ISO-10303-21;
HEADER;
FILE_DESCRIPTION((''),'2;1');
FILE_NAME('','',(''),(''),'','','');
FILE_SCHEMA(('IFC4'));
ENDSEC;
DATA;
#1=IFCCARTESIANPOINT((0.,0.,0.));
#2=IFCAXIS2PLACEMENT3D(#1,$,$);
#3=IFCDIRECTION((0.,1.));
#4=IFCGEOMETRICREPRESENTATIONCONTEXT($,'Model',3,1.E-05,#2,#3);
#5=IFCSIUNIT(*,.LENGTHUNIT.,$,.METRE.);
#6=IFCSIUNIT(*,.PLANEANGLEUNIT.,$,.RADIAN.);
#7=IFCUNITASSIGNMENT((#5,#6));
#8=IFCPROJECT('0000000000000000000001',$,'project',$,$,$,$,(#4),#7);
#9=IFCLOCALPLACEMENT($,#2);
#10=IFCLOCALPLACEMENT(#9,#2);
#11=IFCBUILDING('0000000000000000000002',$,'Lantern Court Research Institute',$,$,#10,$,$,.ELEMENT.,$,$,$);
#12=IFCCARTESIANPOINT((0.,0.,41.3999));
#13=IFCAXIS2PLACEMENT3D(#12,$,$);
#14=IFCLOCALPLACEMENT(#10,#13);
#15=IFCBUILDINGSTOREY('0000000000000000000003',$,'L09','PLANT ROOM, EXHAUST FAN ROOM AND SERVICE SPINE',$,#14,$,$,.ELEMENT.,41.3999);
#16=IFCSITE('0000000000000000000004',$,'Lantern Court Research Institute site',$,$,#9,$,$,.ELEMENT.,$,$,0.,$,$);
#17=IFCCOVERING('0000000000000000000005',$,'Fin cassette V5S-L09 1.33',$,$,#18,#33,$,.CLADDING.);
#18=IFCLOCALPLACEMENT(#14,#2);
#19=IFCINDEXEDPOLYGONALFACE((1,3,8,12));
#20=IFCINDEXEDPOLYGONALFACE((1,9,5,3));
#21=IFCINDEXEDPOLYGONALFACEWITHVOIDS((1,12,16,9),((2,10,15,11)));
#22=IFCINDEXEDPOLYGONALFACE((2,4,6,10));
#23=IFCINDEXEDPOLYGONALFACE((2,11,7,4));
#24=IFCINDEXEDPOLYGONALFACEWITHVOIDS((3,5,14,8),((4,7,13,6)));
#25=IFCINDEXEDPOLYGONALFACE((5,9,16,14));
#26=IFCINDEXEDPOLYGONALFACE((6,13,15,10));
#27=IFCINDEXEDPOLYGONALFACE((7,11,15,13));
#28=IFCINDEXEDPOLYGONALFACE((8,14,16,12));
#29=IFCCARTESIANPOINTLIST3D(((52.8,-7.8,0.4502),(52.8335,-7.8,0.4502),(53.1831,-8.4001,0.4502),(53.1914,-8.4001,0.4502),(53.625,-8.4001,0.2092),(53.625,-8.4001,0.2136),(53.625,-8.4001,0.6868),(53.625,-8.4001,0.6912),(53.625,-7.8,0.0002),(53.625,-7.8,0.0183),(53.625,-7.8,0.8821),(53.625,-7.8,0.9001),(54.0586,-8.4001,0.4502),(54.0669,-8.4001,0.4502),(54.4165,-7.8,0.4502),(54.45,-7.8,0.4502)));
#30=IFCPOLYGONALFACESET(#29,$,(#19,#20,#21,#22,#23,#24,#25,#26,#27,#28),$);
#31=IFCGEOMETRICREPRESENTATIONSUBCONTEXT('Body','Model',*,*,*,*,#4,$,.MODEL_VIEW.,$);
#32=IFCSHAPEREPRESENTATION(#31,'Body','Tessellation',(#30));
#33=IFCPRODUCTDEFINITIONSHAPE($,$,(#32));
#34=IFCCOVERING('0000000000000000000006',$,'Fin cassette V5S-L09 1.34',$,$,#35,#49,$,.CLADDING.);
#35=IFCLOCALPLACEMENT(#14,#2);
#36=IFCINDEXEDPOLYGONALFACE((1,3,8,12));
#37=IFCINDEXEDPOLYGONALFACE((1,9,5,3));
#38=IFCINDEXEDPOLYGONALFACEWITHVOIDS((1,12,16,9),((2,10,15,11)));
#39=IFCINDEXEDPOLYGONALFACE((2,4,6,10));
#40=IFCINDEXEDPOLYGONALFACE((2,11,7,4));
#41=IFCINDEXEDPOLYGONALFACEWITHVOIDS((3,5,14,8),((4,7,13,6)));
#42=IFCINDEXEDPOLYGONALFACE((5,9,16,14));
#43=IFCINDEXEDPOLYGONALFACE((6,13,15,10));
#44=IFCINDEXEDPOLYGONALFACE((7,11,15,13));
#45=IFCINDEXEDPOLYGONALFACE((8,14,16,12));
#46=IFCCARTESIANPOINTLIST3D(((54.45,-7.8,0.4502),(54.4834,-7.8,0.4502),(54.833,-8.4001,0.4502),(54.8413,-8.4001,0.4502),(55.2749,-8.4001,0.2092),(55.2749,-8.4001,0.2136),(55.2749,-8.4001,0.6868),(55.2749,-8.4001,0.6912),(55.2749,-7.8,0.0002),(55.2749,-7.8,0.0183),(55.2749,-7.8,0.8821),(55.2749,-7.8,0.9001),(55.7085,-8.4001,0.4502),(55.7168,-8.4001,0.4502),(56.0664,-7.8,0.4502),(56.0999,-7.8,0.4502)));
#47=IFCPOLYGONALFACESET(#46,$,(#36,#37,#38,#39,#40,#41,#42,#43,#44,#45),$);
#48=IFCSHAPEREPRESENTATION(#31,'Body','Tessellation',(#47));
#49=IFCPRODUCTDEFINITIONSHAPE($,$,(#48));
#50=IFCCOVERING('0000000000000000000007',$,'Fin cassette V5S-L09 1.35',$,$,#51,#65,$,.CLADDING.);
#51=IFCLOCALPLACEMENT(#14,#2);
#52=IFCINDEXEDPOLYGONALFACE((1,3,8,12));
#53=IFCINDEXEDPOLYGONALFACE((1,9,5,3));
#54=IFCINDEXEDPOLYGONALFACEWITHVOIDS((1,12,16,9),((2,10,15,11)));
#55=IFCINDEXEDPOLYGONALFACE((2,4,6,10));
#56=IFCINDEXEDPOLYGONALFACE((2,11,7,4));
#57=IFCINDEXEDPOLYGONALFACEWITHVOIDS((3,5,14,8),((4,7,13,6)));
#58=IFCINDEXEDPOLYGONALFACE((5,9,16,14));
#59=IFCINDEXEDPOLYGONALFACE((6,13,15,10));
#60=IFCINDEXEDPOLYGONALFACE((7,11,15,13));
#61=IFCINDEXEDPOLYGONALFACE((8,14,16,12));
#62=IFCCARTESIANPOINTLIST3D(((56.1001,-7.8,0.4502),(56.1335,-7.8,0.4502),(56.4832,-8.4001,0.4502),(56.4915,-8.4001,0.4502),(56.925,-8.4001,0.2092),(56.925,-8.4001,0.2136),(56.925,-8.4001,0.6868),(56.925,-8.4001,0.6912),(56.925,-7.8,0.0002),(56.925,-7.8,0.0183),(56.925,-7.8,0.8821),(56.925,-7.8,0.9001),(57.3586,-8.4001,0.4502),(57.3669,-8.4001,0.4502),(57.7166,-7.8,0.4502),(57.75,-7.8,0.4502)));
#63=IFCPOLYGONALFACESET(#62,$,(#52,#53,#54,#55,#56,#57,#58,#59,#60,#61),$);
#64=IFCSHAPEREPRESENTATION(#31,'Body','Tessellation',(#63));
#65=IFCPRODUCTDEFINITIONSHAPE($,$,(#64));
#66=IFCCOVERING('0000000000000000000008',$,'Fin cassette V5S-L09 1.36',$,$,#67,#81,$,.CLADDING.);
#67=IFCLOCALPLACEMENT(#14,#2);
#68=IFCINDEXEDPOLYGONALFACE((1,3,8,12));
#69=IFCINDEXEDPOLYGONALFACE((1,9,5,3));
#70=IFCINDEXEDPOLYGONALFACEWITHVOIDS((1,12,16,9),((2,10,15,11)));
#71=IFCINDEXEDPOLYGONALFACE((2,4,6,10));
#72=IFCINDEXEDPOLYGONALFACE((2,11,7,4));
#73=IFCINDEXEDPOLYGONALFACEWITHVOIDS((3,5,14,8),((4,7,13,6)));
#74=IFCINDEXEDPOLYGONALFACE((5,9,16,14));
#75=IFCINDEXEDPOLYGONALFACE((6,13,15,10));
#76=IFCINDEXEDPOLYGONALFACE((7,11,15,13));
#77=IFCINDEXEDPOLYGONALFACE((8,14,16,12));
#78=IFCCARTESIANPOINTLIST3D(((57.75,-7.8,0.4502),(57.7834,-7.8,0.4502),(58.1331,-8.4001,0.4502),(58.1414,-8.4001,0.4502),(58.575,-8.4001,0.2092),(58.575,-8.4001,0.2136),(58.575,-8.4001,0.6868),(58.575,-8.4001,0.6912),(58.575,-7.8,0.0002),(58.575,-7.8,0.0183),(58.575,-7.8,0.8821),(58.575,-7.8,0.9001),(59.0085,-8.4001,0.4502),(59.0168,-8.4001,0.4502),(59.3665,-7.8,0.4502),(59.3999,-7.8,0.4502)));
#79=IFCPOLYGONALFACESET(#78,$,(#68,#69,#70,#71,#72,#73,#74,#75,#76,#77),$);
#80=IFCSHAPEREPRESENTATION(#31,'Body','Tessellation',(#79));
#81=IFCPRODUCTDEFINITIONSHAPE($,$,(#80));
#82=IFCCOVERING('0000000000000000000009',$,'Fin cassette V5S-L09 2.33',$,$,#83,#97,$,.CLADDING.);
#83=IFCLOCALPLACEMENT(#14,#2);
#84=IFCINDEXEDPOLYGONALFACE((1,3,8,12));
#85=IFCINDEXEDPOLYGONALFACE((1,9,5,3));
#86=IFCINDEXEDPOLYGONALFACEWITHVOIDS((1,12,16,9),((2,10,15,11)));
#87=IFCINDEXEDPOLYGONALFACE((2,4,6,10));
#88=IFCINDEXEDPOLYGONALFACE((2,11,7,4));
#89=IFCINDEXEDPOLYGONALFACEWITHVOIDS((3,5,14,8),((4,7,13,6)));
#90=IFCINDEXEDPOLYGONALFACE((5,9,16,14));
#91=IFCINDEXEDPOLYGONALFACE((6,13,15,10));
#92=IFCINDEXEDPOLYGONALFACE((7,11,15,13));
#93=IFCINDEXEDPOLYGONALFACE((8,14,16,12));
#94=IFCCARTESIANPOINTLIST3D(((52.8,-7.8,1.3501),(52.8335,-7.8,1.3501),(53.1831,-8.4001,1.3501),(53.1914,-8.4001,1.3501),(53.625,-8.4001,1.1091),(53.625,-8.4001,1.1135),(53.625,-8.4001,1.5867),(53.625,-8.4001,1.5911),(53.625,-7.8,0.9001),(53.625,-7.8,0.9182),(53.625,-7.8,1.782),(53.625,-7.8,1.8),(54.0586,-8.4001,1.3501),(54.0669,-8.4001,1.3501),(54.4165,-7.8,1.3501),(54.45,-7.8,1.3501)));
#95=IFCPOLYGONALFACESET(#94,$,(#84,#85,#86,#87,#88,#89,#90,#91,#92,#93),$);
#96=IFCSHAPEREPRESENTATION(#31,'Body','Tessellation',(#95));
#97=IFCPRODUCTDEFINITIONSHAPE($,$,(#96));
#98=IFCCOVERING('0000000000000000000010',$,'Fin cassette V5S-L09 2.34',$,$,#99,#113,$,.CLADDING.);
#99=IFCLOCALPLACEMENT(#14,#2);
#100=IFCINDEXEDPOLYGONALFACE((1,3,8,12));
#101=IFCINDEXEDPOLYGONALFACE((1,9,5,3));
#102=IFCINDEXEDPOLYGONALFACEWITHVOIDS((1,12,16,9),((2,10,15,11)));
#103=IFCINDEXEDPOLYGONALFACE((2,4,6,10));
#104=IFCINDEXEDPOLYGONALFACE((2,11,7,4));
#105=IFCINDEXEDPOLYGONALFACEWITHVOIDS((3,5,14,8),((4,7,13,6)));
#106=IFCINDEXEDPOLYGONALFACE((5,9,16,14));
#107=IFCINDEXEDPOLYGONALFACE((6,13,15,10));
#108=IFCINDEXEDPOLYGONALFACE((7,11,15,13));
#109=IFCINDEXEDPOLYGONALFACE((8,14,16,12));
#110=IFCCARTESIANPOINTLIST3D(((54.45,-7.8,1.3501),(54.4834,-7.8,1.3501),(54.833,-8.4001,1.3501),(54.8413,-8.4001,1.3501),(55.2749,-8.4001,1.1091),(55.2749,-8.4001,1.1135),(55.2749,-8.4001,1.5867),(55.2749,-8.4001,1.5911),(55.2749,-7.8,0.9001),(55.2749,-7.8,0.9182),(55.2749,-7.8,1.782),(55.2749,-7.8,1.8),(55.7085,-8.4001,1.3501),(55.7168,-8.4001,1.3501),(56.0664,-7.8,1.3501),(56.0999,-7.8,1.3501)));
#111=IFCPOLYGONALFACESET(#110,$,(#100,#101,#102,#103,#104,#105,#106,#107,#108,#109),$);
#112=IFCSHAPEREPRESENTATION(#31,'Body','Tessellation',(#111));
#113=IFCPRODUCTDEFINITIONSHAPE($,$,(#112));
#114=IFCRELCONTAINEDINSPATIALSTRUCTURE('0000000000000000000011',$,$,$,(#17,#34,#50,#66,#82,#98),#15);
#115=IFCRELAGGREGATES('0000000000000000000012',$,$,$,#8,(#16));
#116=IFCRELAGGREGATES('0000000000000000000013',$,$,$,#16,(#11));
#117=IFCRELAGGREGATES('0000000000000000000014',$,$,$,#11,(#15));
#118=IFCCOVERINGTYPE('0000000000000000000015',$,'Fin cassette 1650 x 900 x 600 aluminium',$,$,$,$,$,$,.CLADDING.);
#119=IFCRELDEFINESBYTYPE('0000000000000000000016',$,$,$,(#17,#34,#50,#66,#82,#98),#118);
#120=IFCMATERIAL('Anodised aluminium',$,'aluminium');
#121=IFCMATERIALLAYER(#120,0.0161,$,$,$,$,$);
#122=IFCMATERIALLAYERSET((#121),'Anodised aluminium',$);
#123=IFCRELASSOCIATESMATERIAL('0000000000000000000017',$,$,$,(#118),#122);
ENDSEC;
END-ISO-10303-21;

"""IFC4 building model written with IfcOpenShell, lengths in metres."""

from ifc_helpers import new_model, entity, si_unit, direction, frame, origin, place, context, subcontext, project, spatial, material, layer, layer_set, type_object, element, save


model = new_model("IFC4")

# Units and contexts
model_context = context("Model", 3, precision=1e-05, world=origin(), true_north=direction((0.0, 1.0)))
body_context = subcontext(model_context, "Body", "Model", "MODEL_VIEW")
ifc_project = project(units=[si_unit("LENGTHUNIT", "METRE"), si_unit("PLANEANGLEUNIT", "RADIAN")], contexts=[model_context])

# Site, building, storey
site_placement = place(None, origin())
site = spatial("IfcSite", under=ifc_project, at=site_placement, Name="Lantern Court Research Institute site", CompositionType="ELEMENT", RefElevation=0.0)
building_placement = place(site_placement, origin())
building = spatial("IfcBuilding", under=site, at=building_placement, Name="Lantern Court Research Institute", CompositionType="ELEMENT")
storey_placement = place(building_placement, frame((0.0, 0.0, 41.3999)))
storey = spatial("IfcBuildingStorey", under=building, at=storey_placement, Name="L09", Description="PLANT ROOM, EXHAUST FAN ROOM AND SERVICE SPINE", CompositionType="ELEMENT", Elevation=41.3999)

# Coverings
ifc_material_1 = material(Name="Anodised aluminium", Category="aluminium")
ifc_layer_1 = layer(ifc_material_1, 0.0161)
ifc_layer_set_1 = layer_set([ifc_layer_1], Name="Anodised aluminium")
covering_type = type_object("IfcCoveringType", Name="Fin cassette 1650 x 900 x 600 aluminium", PredefinedType="CLADDING", material=ifc_layer_set_1)
covering_1_placement = place(storey_placement, frame((53.625, -7.8, 0.4502), z_axis=(0.0, -1.0, 0.0), x_axis=(1.0, 0.0, 0.0)))
cartesian_point_1 = entity("IfcCartesianPoint", [0.825, 0.0])
cartesian_point_2 = entity("IfcCartesianPoint", [0.7915, 0.0])
cartesian_point_3 = entity("IfcCartesianPoint", [0.4419, 0.0])
cartesian_point_4 = entity("IfcCartesianPoint", [0.4336, 0.0])
element("IfcCovering", 1, at=covering_1_placement, inside=storey, type_object=covering_type, Name="Fin cassette V5S-L09 1.33", PredefinedType="CLADDING", context=body_context, shape_type="SweptSolid", body=[
    entity("IfcExtrudedAreaSolidTapered", entity("IfcArbitraryProfileDefWithVoids", "AREA", None, entity("IfcPolyline", [cartesian_point_1, entity("IfcCartesianPoint", [0.0, 0.45]), entity("IfcCartesianPoint", [-0.825, 0.0]), entity("IfcCartesianPoint", [0.0, -0.45]), cartesian_point_1]), [entity("IfcPolyline", [cartesian_point_2, entity("IfcCartesianPoint", [0.0, 0.4319]), entity("IfcCartesianPoint", [-0.7915, 0.0]), entity("IfcCartesianPoint", [0.0, -0.4319]), cartesian_point_2])]), entity("IfcAxis2Placement3D", entity("IfcCartesianPoint", [0.0, 0.0, 0.0])), entity("IfcDirection", [0.0, 0.0, 1.0]), 0.6001, entity("IfcArbitraryProfileDefWithVoids", "AREA", None, entity("IfcPolyline", [cartesian_point_3, entity("IfcCartesianPoint", [0.0, 0.241]), entity("IfcCartesianPoint", [-0.4419, 0.0]), entity("IfcCartesianPoint", [0.0, -0.241]), cartesian_point_3]), [entity("IfcPolyline", [cartesian_point_4, entity("IfcCartesianPoint", [0.0, 0.2366]), entity("IfcCartesianPoint", [-0.4336, 0.0]), entity("IfcCartesianPoint", [0.0, -0.2366]), cartesian_point_4])])),
])
covering_2_placement = place(storey_placement, frame((55.2749, -7.8, 0.4502), z_axis=(0.0, -1.0, 0.0), x_axis=(1.0, 0.0, 0.0)))
cartesian_point_5 = entity("IfcCartesianPoint", [0.825, 0.0])
cartesian_point_6 = entity("IfcCartesianPoint", [0.7915, 0.0])
cartesian_point_7 = entity("IfcCartesianPoint", [0.4419, 0.0])
cartesian_point_8 = entity("IfcCartesianPoint", [0.4336, 0.0])
element("IfcCovering", 2, at=covering_2_placement, inside=storey, type_object=covering_type, Name="Fin cassette V5S-L09 1.34", PredefinedType="CLADDING", context=body_context, shape_type="SweptSolid", body=[
    entity("IfcExtrudedAreaSolidTapered", entity("IfcArbitraryProfileDefWithVoids", "AREA", None, entity("IfcPolyline", [cartesian_point_5, entity("IfcCartesianPoint", [0.0, 0.45]), entity("IfcCartesianPoint", [-0.825, 0.0]), entity("IfcCartesianPoint", [0.0, -0.45]), cartesian_point_5]), [entity("IfcPolyline", [cartesian_point_6, entity("IfcCartesianPoint", [0.0, 0.4319]), entity("IfcCartesianPoint", [-0.7915, 0.0]), entity("IfcCartesianPoint", [0.0, -0.4319]), cartesian_point_6])]), entity("IfcAxis2Placement3D", entity("IfcCartesianPoint", [0.0, 0.0, 0.0])), entity("IfcDirection", [0.0, 0.0, 1.0]), 0.6001, entity("IfcArbitraryProfileDefWithVoids", "AREA", None, entity("IfcPolyline", [cartesian_point_7, entity("IfcCartesianPoint", [0.0, 0.241]), entity("IfcCartesianPoint", [-0.4419, 0.0]), entity("IfcCartesianPoint", [0.0, -0.241]), cartesian_point_7]), [entity("IfcPolyline", [cartesian_point_8, entity("IfcCartesianPoint", [0.0, 0.2366]), entity("IfcCartesianPoint", [-0.4336, 0.0]), entity("IfcCartesianPoint", [0.0, -0.2366]), cartesian_point_8])])),
])
covering_3_placement = place(storey_placement, frame((56.925, -7.8, 0.4502), z_axis=(0.0, -1.0, 0.0), x_axis=(1.0, 0.0, 0.0)))
cartesian_point_9 = entity("IfcCartesianPoint", [0.825, 0.0])
cartesian_point_10 = entity("IfcCartesianPoint", [0.7915, 0.0])
cartesian_point_11 = entity("IfcCartesianPoint", [0.4419, 0.0])
cartesian_point_12 = entity("IfcCartesianPoint", [0.4336, 0.0])
element("IfcCovering", 3, at=covering_3_placement, inside=storey, type_object=covering_type, Name="Fin cassette V5S-L09 1.35", PredefinedType="CLADDING", context=body_context, shape_type="SweptSolid", body=[
    entity("IfcExtrudedAreaSolidTapered", entity("IfcArbitraryProfileDefWithVoids", "AREA", None, entity("IfcPolyline", [cartesian_point_9, entity("IfcCartesianPoint", [0.0, 0.45]), entity("IfcCartesianPoint", [-0.825, 0.0]), entity("IfcCartesianPoint", [0.0, -0.45]), cartesian_point_9]), [entity("IfcPolyline", [cartesian_point_10, entity("IfcCartesianPoint", [0.0, 0.4319]), entity("IfcCartesianPoint", [-0.7915, 0.0]), entity("IfcCartesianPoint", [0.0, -0.4319]), cartesian_point_10])]), entity("IfcAxis2Placement3D", entity("IfcCartesianPoint", [0.0, 0.0, 0.0])), entity("IfcDirection", [0.0, 0.0, 1.0]), 0.6001, entity("IfcArbitraryProfileDefWithVoids", "AREA", None, entity("IfcPolyline", [cartesian_point_11, entity("IfcCartesianPoint", [0.0, 0.241]), entity("IfcCartesianPoint", [-0.4419, 0.0]), entity("IfcCartesianPoint", [0.0, -0.241]), cartesian_point_11]), [entity("IfcPolyline", [cartesian_point_12, entity("IfcCartesianPoint", [0.0, 0.2366]), entity("IfcCartesianPoint", [-0.4336, 0.0]), entity("IfcCartesianPoint", [0.0, -0.2366]), cartesian_point_12])])),
])
covering_4_placement = place(storey_placement, frame((58.575, -7.8, 0.4502), z_axis=(0.0, -1.0, 0.0), x_axis=(1.0, 0.0, 0.0)))
cartesian_point_13 = entity("IfcCartesianPoint", [0.825, 0.0])
cartesian_point_14 = entity("IfcCartesianPoint", [0.7915, 0.0])
cartesian_point_15 = entity("IfcCartesianPoint", [0.4419, 0.0])
cartesian_point_16 = entity("IfcCartesianPoint", [0.4336, 0.0])
element("IfcCovering", 4, at=covering_4_placement, inside=storey, type_object=covering_type, Name="Fin cassette V5S-L09 1.36", PredefinedType="CLADDING", context=body_context, shape_type="SweptSolid", body=[
    entity("IfcExtrudedAreaSolidTapered", entity("IfcArbitraryProfileDefWithVoids", "AREA", None, entity("IfcPolyline", [cartesian_point_13, entity("IfcCartesianPoint", [0.0, 0.45]), entity("IfcCartesianPoint", [-0.825, 0.0]), entity("IfcCartesianPoint", [0.0, -0.45]), cartesian_point_13]), [entity("IfcPolyline", [cartesian_point_14, entity("IfcCartesianPoint", [0.0, 0.4319]), entity("IfcCartesianPoint", [-0.7915, 0.0]), entity("IfcCartesianPoint", [0.0, -0.4319]), cartesian_point_14])]), entity("IfcAxis2Placement3D", entity("IfcCartesianPoint", [0.0, 0.0, 0.0])), entity("IfcDirection", [0.0, 0.0, 1.0]), 0.6001, entity("IfcArbitraryProfileDefWithVoids", "AREA", None, entity("IfcPolyline", [cartesian_point_15, entity("IfcCartesianPoint", [0.0, 0.241]), entity("IfcCartesianPoint", [-0.4419, 0.0]), entity("IfcCartesianPoint", [0.0, -0.241]), cartesian_point_15]), [entity("IfcPolyline", [cartesian_point_16, entity("IfcCartesianPoint", [0.0, 0.2366]), entity("IfcCartesianPoint", [-0.4336, 0.0]), entity("IfcCartesianPoint", [0.0, -0.2366]), cartesian_point_16])])),
])
covering_5_placement = place(storey_placement, frame((53.625, -7.8, 1.3501), z_axis=(0.0, -1.0, 0.0), x_axis=(1.0, 0.0, 0.0)))
cartesian_point_17 = entity("IfcCartesianPoint", [0.825, 0.0])
cartesian_point_18 = entity("IfcCartesianPoint", [0.7915, 0.0])
cartesian_point_19 = entity("IfcCartesianPoint", [0.4419, 0.0])
cartesian_point_20 = entity("IfcCartesianPoint", [0.4336, 0.0])
element("IfcCovering", 5, at=covering_5_placement, inside=storey, type_object=covering_type, Name="Fin cassette V5S-L09 2.33", PredefinedType="CLADDING", context=body_context, shape_type="SweptSolid", body=[
    entity("IfcExtrudedAreaSolidTapered", entity("IfcArbitraryProfileDefWithVoids", "AREA", None, entity("IfcPolyline", [cartesian_point_17, entity("IfcCartesianPoint", [0.0, 0.45]), entity("IfcCartesianPoint", [-0.825, 0.0]), entity("IfcCartesianPoint", [0.0, -0.45]), cartesian_point_17]), [entity("IfcPolyline", [cartesian_point_18, entity("IfcCartesianPoint", [0.0, 0.4319]), entity("IfcCartesianPoint", [-0.7915, 0.0]), entity("IfcCartesianPoint", [0.0, -0.4319]), cartesian_point_18])]), entity("IfcAxis2Placement3D", entity("IfcCartesianPoint", [0.0, 0.0, 0.0])), entity("IfcDirection", [0.0, 0.0, 1.0]), 0.6001, entity("IfcArbitraryProfileDefWithVoids", "AREA", None, entity("IfcPolyline", [cartesian_point_19, entity("IfcCartesianPoint", [0.0, 0.241]), entity("IfcCartesianPoint", [-0.4419, 0.0]), entity("IfcCartesianPoint", [0.0, -0.241]), cartesian_point_19]), [entity("IfcPolyline", [cartesian_point_20, entity("IfcCartesianPoint", [0.0, 0.2366]), entity("IfcCartesianPoint", [-0.4336, 0.0]), entity("IfcCartesianPoint", [0.0, -0.2366]), cartesian_point_20])])),
])
covering_6_placement = place(storey_placement, frame((55.2749, -7.8, 1.3501), z_axis=(0.0, -1.0, 0.0), x_axis=(1.0, 0.0, 0.0)))
cartesian_point_21 = entity("IfcCartesianPoint", [0.825, 0.0])
cartesian_point_22 = entity("IfcCartesianPoint", [0.7915, 0.0])
cartesian_point_23 = entity("IfcCartesianPoint", [0.4419, 0.0])
cartesian_point_24 = entity("IfcCartesianPoint", [0.4336, 0.0])
element("IfcCovering", 6, at=covering_6_placement, inside=storey, type_object=covering_type, Name="Fin cassette V5S-L09 2.34", PredefinedType="CLADDING", context=body_context, shape_type="SweptSolid", body=[
    entity("IfcExtrudedAreaSolidTapered", entity("IfcArbitraryProfileDefWithVoids", "AREA", None, entity("IfcPolyline", [cartesian_point_21, entity("IfcCartesianPoint", [0.0, 0.45]), entity("IfcCartesianPoint", [-0.825, 0.0]), entity("IfcCartesianPoint", [0.0, -0.45]), cartesian_point_21]), [entity("IfcPolyline", [cartesian_point_22, entity("IfcCartesianPoint", [0.0, 0.4319]), entity("IfcCartesianPoint", [-0.7915, 0.0]), entity("IfcCartesianPoint", [0.0, -0.4319]), cartesian_point_22])]), entity("IfcAxis2Placement3D", entity("IfcCartesianPoint", [0.0, 0.0, 0.0])), entity("IfcDirection", [0.0, 0.0, 1.0]), 0.6001, entity("IfcArbitraryProfileDefWithVoids", "AREA", None, entity("IfcPolyline", [cartesian_point_23, entity("IfcCartesianPoint", [0.0, 0.241]), entity("IfcCartesianPoint", [-0.4419, 0.0]), entity("IfcCartesianPoint", [0.0, -0.241]), cartesian_point_23]), [entity("IfcPolyline", [cartesian_point_24, entity("IfcCartesianPoint", [0.0, 0.2366]), entity("IfcCartesianPoint", [-0.4336, 0.0]), entity("IfcCartesianPoint", [0.0, -0.2366]), cartesian_point_24])])),
])

save(model, "model.ifc")
